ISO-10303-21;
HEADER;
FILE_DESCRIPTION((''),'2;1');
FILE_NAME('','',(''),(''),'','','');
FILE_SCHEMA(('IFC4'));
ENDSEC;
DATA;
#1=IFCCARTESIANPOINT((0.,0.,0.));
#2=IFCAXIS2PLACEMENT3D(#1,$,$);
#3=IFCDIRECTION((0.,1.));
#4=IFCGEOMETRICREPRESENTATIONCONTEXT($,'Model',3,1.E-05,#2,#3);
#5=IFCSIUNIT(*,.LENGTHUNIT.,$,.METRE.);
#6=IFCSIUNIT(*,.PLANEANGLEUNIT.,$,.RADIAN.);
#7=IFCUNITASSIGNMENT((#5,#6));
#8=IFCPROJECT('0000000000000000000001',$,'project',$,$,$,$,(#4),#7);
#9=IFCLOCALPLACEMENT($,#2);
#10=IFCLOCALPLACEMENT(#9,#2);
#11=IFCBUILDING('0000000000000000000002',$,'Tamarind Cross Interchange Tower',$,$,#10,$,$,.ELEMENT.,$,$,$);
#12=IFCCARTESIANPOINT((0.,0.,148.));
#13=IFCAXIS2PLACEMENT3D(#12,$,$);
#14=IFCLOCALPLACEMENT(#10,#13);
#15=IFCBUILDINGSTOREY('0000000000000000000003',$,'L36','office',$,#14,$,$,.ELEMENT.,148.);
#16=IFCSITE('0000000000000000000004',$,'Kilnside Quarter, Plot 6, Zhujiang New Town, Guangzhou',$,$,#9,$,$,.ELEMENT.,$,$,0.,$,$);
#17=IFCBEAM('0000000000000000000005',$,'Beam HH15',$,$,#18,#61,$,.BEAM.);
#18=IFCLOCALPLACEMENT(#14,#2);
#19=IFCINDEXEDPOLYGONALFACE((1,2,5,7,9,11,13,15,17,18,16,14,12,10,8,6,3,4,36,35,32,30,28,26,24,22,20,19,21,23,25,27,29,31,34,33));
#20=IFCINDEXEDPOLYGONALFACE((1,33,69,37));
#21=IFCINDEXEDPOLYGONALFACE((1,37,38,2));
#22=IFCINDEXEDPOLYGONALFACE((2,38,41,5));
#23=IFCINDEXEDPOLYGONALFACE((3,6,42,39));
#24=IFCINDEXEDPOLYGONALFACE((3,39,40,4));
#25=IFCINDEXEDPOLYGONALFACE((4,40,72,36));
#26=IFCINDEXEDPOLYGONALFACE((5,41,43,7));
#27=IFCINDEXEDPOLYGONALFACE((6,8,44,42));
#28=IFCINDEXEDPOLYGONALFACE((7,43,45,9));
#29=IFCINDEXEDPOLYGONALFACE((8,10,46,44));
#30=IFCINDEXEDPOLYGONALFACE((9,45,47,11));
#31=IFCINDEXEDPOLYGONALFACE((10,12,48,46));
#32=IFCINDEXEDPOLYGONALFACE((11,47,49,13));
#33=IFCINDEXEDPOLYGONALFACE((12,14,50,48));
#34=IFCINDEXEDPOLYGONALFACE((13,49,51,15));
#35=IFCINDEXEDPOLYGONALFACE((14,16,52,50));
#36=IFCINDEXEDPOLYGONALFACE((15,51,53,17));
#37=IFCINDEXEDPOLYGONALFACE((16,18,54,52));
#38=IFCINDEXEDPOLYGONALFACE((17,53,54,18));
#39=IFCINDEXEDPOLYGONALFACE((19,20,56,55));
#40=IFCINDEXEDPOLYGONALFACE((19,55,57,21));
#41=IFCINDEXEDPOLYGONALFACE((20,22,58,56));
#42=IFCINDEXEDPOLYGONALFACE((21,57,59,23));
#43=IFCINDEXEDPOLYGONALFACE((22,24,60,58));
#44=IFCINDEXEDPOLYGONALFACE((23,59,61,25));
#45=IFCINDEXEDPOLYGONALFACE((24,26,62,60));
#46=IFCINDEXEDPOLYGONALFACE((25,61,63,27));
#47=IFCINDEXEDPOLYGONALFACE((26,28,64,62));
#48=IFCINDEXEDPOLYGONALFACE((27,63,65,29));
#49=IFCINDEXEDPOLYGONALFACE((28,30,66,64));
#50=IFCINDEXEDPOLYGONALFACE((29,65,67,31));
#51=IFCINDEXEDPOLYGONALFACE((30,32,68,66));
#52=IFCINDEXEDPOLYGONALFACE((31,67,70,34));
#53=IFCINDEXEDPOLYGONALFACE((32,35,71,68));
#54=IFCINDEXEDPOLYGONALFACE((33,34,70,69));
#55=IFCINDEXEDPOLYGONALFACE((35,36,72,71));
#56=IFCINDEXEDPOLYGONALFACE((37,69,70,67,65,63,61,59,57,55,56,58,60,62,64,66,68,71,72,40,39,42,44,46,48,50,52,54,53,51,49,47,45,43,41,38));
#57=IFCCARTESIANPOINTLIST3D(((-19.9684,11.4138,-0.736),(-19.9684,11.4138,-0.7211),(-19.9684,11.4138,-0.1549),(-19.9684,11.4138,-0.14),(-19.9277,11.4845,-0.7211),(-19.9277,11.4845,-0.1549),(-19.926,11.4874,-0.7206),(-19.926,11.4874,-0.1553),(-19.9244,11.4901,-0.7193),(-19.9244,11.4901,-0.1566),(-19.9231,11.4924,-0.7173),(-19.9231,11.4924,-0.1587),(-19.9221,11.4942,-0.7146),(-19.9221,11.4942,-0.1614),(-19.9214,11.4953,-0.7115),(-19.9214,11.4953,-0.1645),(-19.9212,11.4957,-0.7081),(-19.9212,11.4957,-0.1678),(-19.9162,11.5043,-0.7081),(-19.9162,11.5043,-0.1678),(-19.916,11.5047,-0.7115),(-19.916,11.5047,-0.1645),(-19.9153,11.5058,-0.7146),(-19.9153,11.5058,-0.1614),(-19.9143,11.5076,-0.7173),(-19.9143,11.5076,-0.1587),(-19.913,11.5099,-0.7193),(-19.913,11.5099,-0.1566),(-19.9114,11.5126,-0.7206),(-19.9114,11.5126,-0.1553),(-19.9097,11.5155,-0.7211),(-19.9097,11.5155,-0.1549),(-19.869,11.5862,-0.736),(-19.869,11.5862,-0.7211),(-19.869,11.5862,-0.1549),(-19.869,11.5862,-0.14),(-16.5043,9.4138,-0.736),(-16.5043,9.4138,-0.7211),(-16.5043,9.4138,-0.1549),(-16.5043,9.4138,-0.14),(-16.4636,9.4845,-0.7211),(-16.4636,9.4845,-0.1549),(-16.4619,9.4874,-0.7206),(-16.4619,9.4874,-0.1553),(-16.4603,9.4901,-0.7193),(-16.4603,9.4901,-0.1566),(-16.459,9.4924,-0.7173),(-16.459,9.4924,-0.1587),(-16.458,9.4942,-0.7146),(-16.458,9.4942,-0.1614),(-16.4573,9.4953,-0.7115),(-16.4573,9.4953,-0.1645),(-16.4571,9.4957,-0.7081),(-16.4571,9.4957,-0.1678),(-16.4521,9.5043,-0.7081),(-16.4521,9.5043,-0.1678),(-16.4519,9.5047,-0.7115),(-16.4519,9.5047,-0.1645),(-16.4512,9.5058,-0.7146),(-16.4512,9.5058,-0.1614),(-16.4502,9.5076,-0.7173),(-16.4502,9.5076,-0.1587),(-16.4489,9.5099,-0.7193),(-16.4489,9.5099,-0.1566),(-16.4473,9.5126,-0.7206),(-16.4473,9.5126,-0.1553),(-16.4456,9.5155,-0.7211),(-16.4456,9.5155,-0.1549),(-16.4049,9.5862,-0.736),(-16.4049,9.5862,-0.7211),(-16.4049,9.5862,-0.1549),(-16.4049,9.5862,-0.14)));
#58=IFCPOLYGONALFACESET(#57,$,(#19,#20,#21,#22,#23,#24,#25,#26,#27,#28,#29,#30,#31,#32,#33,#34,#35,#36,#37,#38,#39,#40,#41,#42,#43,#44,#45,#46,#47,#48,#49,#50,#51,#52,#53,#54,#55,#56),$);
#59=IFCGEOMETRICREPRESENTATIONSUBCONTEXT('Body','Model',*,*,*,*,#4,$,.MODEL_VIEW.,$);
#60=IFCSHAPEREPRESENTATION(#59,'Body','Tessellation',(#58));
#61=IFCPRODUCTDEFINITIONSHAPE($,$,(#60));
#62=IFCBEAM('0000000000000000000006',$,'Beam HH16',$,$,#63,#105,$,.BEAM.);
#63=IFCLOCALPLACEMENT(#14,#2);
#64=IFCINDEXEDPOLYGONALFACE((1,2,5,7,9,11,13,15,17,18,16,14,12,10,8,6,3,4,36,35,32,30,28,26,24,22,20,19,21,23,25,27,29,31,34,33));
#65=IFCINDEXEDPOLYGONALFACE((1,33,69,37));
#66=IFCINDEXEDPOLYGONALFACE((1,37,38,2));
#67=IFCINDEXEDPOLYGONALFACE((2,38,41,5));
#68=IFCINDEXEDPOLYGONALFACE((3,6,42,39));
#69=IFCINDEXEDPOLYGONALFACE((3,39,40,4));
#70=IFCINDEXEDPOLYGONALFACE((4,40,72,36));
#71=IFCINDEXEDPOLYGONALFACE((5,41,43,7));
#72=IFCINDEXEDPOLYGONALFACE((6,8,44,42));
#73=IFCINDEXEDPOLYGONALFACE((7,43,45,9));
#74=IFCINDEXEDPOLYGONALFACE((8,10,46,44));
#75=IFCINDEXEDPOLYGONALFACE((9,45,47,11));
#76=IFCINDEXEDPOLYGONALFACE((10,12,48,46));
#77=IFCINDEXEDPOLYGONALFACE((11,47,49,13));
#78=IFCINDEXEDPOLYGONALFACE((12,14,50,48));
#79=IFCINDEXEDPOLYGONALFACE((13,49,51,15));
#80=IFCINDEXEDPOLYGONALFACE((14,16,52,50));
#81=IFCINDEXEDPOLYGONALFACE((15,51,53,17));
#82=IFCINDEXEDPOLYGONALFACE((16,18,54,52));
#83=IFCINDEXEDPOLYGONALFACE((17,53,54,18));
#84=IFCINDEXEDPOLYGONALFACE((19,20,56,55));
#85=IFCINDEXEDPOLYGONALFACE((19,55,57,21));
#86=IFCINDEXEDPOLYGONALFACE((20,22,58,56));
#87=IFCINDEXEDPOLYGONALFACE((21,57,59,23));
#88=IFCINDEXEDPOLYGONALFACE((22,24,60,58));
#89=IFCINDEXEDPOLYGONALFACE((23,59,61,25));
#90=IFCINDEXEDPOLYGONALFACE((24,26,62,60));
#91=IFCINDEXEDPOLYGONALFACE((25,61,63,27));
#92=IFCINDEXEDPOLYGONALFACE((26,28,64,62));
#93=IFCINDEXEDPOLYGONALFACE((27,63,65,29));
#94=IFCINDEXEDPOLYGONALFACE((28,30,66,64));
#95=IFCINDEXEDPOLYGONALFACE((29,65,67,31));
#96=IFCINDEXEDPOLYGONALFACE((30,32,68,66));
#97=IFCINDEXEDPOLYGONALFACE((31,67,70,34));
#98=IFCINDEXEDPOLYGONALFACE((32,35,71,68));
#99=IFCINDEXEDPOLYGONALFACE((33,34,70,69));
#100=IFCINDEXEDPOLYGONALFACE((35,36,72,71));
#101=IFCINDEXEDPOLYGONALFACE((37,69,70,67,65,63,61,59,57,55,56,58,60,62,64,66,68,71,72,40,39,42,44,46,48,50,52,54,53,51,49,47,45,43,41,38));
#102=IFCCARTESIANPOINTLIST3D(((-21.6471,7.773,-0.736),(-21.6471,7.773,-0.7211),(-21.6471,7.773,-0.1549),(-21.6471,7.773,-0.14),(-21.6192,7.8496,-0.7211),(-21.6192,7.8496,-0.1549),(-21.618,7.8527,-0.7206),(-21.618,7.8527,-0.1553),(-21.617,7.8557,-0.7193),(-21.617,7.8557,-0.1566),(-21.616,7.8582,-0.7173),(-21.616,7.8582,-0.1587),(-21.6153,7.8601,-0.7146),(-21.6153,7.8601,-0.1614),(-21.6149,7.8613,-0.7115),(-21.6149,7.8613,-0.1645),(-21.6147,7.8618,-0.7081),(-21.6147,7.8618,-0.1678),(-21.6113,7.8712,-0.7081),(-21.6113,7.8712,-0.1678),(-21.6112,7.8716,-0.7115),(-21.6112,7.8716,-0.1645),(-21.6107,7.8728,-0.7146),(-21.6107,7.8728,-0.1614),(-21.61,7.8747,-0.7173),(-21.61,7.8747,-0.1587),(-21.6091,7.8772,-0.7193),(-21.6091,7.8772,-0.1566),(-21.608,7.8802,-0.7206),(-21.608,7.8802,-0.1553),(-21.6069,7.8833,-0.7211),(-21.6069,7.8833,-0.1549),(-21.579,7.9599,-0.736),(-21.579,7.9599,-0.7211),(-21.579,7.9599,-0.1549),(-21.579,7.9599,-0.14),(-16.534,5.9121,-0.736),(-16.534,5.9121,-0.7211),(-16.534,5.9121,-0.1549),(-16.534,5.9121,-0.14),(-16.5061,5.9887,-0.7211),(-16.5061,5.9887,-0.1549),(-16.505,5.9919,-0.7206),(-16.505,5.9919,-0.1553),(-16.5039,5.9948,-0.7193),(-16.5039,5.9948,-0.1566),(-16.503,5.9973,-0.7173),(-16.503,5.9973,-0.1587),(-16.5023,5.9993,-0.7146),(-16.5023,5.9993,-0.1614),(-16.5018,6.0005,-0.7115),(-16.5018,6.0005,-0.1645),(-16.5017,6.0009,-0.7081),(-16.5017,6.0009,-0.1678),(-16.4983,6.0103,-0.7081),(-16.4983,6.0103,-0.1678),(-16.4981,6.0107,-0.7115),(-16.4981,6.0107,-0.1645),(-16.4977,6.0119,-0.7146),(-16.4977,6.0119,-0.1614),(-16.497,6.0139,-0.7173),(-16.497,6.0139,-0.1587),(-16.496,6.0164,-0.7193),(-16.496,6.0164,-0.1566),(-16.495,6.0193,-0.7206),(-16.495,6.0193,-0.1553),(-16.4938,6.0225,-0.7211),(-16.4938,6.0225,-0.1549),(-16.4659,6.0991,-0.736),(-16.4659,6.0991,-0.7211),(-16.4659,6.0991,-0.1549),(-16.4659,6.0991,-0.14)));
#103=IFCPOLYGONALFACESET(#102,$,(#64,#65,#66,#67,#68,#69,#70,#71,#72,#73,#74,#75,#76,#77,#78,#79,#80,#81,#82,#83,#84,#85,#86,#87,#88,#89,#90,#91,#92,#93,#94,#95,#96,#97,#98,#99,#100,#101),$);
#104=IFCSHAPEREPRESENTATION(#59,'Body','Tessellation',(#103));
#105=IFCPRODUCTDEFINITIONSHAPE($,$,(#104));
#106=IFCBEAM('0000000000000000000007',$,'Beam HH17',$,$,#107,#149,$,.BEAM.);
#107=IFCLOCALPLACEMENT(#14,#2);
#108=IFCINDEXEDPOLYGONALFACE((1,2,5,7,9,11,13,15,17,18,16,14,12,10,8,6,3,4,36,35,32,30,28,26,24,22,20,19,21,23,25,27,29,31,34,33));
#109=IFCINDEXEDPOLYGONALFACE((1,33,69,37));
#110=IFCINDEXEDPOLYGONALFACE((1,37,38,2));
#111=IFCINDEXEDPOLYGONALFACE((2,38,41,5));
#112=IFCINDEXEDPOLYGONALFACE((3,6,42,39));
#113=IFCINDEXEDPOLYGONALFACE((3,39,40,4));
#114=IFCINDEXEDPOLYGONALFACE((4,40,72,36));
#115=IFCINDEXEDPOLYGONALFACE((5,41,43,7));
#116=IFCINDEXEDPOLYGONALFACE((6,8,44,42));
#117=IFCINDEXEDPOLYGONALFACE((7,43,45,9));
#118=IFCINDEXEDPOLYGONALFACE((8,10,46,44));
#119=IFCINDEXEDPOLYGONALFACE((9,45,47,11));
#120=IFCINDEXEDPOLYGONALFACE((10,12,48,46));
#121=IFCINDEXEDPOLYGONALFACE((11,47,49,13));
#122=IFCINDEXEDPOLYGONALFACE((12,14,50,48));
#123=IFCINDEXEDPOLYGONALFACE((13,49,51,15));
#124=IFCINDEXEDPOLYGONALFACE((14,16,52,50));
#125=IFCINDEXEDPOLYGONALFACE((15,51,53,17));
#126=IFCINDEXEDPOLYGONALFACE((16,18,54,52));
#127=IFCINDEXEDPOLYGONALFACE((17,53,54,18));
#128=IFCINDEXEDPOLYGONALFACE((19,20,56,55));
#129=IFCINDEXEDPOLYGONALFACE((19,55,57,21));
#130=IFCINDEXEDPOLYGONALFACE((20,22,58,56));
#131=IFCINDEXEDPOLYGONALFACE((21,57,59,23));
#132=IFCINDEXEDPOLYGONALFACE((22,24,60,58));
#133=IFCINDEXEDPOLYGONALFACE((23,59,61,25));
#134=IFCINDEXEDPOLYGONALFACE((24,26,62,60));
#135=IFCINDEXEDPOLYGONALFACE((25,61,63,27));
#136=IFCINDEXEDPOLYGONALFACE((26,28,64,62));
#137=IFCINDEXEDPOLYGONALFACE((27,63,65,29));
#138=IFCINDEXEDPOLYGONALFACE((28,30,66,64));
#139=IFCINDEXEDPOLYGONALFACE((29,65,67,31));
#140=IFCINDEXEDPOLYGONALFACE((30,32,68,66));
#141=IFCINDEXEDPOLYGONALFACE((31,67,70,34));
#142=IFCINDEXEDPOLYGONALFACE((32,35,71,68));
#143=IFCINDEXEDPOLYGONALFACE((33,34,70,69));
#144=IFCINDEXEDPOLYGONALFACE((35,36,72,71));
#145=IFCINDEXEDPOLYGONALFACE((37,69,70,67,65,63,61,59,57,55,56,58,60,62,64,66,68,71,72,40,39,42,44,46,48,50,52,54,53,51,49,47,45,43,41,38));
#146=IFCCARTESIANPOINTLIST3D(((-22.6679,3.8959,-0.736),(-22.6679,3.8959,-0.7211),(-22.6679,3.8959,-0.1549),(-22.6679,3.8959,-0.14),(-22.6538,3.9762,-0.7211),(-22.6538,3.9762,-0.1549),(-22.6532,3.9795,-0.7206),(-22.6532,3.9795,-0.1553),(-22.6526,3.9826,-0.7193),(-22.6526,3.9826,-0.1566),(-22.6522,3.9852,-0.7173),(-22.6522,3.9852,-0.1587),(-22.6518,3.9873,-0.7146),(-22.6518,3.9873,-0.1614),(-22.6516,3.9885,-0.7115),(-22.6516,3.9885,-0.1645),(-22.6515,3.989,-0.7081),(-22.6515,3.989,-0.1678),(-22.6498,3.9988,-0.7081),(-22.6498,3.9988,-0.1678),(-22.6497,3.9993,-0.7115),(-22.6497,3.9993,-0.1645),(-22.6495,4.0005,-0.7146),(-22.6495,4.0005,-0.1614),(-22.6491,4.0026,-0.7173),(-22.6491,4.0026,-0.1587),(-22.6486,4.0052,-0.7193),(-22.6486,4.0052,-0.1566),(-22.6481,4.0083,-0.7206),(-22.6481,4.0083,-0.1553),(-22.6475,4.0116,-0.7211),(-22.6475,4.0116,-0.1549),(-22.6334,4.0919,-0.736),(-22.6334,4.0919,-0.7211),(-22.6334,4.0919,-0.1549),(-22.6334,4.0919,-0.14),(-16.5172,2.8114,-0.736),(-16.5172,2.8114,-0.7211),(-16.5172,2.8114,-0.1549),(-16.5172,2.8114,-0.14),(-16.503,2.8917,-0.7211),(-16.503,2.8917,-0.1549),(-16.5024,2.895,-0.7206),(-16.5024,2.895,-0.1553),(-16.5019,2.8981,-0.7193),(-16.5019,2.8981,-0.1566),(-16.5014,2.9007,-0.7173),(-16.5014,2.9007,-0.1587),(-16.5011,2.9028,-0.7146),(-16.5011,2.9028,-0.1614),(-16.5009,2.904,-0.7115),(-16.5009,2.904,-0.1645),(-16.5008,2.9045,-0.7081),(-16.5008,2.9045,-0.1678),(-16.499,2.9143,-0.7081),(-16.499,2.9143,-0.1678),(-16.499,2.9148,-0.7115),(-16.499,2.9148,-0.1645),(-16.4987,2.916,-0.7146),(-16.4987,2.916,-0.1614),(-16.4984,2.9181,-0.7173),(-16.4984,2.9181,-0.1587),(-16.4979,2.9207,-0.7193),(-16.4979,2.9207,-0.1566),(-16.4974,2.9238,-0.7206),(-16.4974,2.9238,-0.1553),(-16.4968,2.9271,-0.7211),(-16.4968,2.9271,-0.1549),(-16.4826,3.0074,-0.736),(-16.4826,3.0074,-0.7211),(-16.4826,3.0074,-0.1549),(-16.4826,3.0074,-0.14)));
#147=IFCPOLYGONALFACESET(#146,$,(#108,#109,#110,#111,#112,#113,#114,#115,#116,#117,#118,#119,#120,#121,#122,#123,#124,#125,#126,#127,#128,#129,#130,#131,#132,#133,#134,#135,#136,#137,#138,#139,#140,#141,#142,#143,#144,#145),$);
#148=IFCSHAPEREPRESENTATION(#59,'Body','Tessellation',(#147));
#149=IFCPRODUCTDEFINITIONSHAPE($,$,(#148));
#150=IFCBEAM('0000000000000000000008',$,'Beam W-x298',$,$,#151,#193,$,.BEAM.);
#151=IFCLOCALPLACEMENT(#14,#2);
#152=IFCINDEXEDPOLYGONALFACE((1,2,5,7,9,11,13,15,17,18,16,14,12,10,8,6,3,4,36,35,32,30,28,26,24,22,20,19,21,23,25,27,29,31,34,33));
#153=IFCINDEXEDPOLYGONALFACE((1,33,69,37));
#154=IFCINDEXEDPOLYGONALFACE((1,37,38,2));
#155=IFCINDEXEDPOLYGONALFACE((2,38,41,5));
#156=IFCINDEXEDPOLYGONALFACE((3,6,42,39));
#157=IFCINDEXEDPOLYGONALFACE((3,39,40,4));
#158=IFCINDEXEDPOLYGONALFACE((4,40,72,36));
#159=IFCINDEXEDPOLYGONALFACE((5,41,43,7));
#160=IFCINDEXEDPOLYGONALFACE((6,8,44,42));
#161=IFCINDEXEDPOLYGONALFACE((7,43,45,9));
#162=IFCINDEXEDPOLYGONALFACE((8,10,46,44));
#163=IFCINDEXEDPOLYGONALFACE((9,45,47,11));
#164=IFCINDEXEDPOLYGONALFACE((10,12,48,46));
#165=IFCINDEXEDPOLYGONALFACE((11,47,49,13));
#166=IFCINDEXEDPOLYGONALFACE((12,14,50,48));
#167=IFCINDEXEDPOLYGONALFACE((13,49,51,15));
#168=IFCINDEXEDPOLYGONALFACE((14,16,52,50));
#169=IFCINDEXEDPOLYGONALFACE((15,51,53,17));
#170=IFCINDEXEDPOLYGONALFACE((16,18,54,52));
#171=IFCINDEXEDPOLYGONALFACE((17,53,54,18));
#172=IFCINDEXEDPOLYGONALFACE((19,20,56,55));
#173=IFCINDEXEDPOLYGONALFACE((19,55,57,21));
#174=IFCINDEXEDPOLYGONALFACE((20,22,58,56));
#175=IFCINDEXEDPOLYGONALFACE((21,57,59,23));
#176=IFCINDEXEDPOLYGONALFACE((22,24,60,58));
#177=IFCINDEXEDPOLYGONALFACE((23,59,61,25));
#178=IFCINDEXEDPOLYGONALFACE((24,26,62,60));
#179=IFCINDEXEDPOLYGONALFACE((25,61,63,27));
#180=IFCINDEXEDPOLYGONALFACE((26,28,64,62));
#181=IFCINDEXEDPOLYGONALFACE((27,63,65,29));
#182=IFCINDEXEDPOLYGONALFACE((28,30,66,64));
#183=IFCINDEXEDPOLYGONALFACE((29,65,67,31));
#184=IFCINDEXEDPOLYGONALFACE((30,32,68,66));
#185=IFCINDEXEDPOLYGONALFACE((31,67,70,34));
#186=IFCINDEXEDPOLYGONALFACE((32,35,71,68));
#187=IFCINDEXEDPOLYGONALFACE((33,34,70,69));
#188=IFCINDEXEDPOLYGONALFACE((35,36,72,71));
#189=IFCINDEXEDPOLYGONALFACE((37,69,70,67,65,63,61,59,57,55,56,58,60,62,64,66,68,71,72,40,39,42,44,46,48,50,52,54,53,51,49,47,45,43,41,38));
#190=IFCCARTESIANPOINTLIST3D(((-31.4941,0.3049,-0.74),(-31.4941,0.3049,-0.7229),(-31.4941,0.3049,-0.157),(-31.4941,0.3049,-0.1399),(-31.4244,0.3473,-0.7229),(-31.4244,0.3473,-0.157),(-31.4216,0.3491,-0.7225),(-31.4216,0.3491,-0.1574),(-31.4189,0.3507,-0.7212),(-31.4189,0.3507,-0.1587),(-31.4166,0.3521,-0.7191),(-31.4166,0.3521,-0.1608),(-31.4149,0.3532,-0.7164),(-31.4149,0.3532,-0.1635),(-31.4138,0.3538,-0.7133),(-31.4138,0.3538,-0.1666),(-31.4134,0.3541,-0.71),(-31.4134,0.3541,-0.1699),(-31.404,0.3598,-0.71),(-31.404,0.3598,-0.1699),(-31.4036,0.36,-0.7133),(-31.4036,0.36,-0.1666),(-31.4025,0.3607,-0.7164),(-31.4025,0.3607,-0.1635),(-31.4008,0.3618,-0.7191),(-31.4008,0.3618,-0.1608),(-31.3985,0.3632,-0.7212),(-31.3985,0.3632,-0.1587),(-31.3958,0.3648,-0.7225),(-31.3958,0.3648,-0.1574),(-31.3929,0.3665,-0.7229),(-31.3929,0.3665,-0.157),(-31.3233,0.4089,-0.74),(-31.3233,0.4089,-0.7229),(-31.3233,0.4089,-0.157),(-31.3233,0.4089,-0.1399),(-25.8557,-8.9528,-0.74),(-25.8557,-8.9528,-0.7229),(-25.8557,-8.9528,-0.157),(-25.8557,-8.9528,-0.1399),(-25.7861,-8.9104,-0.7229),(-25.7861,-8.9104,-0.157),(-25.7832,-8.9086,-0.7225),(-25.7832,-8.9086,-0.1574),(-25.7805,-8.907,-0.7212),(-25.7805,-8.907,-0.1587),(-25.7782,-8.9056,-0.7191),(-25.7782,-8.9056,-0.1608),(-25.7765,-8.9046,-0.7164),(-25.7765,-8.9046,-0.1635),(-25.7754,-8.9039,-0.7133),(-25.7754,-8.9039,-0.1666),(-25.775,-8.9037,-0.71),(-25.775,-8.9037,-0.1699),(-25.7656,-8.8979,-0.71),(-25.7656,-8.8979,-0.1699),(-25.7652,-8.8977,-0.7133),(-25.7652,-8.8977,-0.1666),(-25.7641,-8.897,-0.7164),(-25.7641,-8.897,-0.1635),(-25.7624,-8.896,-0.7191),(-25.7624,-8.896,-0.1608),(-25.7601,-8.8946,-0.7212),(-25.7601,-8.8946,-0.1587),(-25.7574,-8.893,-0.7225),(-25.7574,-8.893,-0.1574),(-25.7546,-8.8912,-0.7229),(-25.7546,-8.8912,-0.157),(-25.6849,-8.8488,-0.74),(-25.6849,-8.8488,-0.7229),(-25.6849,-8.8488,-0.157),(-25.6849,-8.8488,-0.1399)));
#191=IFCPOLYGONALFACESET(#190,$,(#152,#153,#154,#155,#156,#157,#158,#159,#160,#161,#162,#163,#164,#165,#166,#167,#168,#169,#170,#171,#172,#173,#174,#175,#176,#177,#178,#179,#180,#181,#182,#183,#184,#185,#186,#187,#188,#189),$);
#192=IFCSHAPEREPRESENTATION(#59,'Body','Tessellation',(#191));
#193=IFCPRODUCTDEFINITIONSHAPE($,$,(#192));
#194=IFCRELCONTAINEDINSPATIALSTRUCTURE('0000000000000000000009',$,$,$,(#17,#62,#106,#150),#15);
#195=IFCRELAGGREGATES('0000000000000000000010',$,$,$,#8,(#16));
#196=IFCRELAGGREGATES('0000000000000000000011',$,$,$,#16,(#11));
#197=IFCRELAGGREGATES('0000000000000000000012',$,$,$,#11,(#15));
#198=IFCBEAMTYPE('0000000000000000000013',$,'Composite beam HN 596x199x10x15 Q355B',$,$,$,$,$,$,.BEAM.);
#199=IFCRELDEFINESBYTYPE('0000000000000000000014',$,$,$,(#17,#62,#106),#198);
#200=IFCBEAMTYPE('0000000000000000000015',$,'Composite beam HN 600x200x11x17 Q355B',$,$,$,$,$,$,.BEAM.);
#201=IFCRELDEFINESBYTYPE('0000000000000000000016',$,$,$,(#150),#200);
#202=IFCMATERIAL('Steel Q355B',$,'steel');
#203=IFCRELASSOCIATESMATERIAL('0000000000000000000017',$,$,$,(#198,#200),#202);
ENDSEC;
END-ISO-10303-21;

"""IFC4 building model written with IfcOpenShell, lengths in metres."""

from ifc_helpers import new_model, si_unit, direction, frame, origin, origin_2d, place, context, subcontext, project, spatial, i_section, extrude, material, material_profile, profile_set, type_object, element, save


model = new_model("IFC4")

# Units and contexts
model_context = context("Model", 3, precision=1e-05, world=origin(), true_north=direction((0.0, 1.0)))
body_context = subcontext(model_context, "Body", "Model", "MODEL_VIEW")
ifc_project = project(units=[si_unit("LENGTHUNIT", "METRE"), si_unit("PLANEANGLEUNIT", "RADIAN")], contexts=[model_context])

# Site, building, storey
site_placement = place(None, origin())
site = spatial("IfcSite", under=ifc_project, at=site_placement, Name="Kilnside Quarter, Plot 6, Zhujiang New Town, Guangzhou", CompositionType="ELEMENT", RefElevation=0.0)
building_placement = place(site_placement, origin())
building = spatial("IfcBuilding", under=site, at=building_placement, Name="Tamarind Cross Interchange Tower", CompositionType="ELEMENT")
storey_placement = place(building_placement, frame((0.0, 0.0, 148.0)))
storey = spatial("IfcBuildingStorey", under=building, at=storey_placement, Name="L36", Description="office", CompositionType="ELEMENT", Elevation=148.0)

# Beams
ifc_material_1 = material(Name="Steel Q355B", Category="steel")
ifc_material_profile_1 = material_profile(ifc_material_1, i_section(OverallWidth=0.199, OverallDepth=0.5959, WebThickness=0.01, FlangeThickness=0.0149, FilletRadius=0.0129, at=origin_2d()), Name="HN 596x199x10x15")
ifc_profile_set_1 = profile_set([ifc_material_profile_1], Name="Steel Q355B")
beam_type_1 = type_object("IfcBeamType", Name="Composite beam HN 596x199x10x15 Q355B", PredefinedType="BEAM", material=ifc_profile_set_1)
beam_1_placement = place(storey_placement, frame((-19.9187, 11.5, -0.438), z_axis=(0.866026, -0.499999, 0.0), x_axis=(0.499999, 0.866026, 0.0)))
element("IfcBeam", 1, at=beam_1_placement, inside=storey, type_object=beam_type_1, Name="Beam HH15", PredefinedType="BEAM", context=body_context, shape_type="SweptSolid", body=[
    extrude(i_section(OverallWidth=0.199, OverallDepth=0.5959, WebThickness=0.01, FlangeThickness=0.0149, FilletRadius=0.0129, at=origin_2d()), origin(), (0.0, 0.0, 1.0), 4.0),
])
beam_2_placement = place(storey_placement, frame((-21.613, 7.8665, -0.438), z_axis=(0.939702, -0.341995, 0.0), x_axis=(0.341995, 0.939702, 0.0)))
element("IfcBeam", 2, at=beam_2_placement, inside=storey, type_object=beam_type_1, Name="Beam HH16", PredefinedType="BEAM", context=body_context, shape_type="SweptSolid", body=[
    extrude(i_section(OverallWidth=0.199, OverallDepth=0.5959, WebThickness=0.01, FlangeThickness=0.0149, FilletRadius=0.0129, at=origin_2d()), origin(), (0.0, 0.0, 1.0), 5.4412),
])
beam_3_placement = place(storey_placement, frame((-22.6506, 3.9939, -0.438), z_axis=(0.984809, -0.17364, 0.0), x_axis=(0.17364, 0.984809, 0.0)))
element("IfcBeam", 3, at=beam_3_placement, inside=storey, type_object=beam_type_1, Name="Beam HH17", PredefinedType="BEAM", context=body_context, shape_type="SweptSolid", body=[
    extrude(i_section(OverallWidth=0.199, OverallDepth=0.5959, WebThickness=0.01, FlangeThickness=0.0149, FilletRadius=0.0129, at=origin_2d()), origin(), (0.0, 0.0, 1.0), 6.2456),
])
ifc_material_profile_2 = material_profile(ifc_material_1, i_section(OverallWidth=0.2, OverallDepth=0.6001, WebThickness=0.011, FlangeThickness=0.0171, FilletRadius=0.0129, at=origin_2d()), Name="HN 600x200x11x17")
ifc_profile_set_2 = profile_set([ifc_material_profile_2], Name="Steel Q355B")
beam_type_2 = type_object("IfcBeamType", Name="Composite beam HN 600x200x11x17 Q355B", PredefinedType="BEAM", material=ifc_profile_set_2)
beam_4_placement = place(storey_placement, frame((-31.4087, 0.3569, -0.4399), z_axis=(0.520165, -0.854066, 0.0), x_axis=(0.854066, 0.520165, 0.0)))
element("IfcBeam", 4, at=beam_4_placement, inside=storey, type_object=beam_type_2, Name="Beam W-x298", PredefinedType="BEAM", context=body_context, shape_type="SweptSolid", body=[
    extrude(i_section(OverallWidth=0.2, OverallDepth=0.6001, WebThickness=0.011, FlangeThickness=0.0171, FilletRadius=0.0129, at=origin_2d()), origin(), (0.0, 0.0, 1.0), 10.8396),
])

save(model, "model.ifc")
